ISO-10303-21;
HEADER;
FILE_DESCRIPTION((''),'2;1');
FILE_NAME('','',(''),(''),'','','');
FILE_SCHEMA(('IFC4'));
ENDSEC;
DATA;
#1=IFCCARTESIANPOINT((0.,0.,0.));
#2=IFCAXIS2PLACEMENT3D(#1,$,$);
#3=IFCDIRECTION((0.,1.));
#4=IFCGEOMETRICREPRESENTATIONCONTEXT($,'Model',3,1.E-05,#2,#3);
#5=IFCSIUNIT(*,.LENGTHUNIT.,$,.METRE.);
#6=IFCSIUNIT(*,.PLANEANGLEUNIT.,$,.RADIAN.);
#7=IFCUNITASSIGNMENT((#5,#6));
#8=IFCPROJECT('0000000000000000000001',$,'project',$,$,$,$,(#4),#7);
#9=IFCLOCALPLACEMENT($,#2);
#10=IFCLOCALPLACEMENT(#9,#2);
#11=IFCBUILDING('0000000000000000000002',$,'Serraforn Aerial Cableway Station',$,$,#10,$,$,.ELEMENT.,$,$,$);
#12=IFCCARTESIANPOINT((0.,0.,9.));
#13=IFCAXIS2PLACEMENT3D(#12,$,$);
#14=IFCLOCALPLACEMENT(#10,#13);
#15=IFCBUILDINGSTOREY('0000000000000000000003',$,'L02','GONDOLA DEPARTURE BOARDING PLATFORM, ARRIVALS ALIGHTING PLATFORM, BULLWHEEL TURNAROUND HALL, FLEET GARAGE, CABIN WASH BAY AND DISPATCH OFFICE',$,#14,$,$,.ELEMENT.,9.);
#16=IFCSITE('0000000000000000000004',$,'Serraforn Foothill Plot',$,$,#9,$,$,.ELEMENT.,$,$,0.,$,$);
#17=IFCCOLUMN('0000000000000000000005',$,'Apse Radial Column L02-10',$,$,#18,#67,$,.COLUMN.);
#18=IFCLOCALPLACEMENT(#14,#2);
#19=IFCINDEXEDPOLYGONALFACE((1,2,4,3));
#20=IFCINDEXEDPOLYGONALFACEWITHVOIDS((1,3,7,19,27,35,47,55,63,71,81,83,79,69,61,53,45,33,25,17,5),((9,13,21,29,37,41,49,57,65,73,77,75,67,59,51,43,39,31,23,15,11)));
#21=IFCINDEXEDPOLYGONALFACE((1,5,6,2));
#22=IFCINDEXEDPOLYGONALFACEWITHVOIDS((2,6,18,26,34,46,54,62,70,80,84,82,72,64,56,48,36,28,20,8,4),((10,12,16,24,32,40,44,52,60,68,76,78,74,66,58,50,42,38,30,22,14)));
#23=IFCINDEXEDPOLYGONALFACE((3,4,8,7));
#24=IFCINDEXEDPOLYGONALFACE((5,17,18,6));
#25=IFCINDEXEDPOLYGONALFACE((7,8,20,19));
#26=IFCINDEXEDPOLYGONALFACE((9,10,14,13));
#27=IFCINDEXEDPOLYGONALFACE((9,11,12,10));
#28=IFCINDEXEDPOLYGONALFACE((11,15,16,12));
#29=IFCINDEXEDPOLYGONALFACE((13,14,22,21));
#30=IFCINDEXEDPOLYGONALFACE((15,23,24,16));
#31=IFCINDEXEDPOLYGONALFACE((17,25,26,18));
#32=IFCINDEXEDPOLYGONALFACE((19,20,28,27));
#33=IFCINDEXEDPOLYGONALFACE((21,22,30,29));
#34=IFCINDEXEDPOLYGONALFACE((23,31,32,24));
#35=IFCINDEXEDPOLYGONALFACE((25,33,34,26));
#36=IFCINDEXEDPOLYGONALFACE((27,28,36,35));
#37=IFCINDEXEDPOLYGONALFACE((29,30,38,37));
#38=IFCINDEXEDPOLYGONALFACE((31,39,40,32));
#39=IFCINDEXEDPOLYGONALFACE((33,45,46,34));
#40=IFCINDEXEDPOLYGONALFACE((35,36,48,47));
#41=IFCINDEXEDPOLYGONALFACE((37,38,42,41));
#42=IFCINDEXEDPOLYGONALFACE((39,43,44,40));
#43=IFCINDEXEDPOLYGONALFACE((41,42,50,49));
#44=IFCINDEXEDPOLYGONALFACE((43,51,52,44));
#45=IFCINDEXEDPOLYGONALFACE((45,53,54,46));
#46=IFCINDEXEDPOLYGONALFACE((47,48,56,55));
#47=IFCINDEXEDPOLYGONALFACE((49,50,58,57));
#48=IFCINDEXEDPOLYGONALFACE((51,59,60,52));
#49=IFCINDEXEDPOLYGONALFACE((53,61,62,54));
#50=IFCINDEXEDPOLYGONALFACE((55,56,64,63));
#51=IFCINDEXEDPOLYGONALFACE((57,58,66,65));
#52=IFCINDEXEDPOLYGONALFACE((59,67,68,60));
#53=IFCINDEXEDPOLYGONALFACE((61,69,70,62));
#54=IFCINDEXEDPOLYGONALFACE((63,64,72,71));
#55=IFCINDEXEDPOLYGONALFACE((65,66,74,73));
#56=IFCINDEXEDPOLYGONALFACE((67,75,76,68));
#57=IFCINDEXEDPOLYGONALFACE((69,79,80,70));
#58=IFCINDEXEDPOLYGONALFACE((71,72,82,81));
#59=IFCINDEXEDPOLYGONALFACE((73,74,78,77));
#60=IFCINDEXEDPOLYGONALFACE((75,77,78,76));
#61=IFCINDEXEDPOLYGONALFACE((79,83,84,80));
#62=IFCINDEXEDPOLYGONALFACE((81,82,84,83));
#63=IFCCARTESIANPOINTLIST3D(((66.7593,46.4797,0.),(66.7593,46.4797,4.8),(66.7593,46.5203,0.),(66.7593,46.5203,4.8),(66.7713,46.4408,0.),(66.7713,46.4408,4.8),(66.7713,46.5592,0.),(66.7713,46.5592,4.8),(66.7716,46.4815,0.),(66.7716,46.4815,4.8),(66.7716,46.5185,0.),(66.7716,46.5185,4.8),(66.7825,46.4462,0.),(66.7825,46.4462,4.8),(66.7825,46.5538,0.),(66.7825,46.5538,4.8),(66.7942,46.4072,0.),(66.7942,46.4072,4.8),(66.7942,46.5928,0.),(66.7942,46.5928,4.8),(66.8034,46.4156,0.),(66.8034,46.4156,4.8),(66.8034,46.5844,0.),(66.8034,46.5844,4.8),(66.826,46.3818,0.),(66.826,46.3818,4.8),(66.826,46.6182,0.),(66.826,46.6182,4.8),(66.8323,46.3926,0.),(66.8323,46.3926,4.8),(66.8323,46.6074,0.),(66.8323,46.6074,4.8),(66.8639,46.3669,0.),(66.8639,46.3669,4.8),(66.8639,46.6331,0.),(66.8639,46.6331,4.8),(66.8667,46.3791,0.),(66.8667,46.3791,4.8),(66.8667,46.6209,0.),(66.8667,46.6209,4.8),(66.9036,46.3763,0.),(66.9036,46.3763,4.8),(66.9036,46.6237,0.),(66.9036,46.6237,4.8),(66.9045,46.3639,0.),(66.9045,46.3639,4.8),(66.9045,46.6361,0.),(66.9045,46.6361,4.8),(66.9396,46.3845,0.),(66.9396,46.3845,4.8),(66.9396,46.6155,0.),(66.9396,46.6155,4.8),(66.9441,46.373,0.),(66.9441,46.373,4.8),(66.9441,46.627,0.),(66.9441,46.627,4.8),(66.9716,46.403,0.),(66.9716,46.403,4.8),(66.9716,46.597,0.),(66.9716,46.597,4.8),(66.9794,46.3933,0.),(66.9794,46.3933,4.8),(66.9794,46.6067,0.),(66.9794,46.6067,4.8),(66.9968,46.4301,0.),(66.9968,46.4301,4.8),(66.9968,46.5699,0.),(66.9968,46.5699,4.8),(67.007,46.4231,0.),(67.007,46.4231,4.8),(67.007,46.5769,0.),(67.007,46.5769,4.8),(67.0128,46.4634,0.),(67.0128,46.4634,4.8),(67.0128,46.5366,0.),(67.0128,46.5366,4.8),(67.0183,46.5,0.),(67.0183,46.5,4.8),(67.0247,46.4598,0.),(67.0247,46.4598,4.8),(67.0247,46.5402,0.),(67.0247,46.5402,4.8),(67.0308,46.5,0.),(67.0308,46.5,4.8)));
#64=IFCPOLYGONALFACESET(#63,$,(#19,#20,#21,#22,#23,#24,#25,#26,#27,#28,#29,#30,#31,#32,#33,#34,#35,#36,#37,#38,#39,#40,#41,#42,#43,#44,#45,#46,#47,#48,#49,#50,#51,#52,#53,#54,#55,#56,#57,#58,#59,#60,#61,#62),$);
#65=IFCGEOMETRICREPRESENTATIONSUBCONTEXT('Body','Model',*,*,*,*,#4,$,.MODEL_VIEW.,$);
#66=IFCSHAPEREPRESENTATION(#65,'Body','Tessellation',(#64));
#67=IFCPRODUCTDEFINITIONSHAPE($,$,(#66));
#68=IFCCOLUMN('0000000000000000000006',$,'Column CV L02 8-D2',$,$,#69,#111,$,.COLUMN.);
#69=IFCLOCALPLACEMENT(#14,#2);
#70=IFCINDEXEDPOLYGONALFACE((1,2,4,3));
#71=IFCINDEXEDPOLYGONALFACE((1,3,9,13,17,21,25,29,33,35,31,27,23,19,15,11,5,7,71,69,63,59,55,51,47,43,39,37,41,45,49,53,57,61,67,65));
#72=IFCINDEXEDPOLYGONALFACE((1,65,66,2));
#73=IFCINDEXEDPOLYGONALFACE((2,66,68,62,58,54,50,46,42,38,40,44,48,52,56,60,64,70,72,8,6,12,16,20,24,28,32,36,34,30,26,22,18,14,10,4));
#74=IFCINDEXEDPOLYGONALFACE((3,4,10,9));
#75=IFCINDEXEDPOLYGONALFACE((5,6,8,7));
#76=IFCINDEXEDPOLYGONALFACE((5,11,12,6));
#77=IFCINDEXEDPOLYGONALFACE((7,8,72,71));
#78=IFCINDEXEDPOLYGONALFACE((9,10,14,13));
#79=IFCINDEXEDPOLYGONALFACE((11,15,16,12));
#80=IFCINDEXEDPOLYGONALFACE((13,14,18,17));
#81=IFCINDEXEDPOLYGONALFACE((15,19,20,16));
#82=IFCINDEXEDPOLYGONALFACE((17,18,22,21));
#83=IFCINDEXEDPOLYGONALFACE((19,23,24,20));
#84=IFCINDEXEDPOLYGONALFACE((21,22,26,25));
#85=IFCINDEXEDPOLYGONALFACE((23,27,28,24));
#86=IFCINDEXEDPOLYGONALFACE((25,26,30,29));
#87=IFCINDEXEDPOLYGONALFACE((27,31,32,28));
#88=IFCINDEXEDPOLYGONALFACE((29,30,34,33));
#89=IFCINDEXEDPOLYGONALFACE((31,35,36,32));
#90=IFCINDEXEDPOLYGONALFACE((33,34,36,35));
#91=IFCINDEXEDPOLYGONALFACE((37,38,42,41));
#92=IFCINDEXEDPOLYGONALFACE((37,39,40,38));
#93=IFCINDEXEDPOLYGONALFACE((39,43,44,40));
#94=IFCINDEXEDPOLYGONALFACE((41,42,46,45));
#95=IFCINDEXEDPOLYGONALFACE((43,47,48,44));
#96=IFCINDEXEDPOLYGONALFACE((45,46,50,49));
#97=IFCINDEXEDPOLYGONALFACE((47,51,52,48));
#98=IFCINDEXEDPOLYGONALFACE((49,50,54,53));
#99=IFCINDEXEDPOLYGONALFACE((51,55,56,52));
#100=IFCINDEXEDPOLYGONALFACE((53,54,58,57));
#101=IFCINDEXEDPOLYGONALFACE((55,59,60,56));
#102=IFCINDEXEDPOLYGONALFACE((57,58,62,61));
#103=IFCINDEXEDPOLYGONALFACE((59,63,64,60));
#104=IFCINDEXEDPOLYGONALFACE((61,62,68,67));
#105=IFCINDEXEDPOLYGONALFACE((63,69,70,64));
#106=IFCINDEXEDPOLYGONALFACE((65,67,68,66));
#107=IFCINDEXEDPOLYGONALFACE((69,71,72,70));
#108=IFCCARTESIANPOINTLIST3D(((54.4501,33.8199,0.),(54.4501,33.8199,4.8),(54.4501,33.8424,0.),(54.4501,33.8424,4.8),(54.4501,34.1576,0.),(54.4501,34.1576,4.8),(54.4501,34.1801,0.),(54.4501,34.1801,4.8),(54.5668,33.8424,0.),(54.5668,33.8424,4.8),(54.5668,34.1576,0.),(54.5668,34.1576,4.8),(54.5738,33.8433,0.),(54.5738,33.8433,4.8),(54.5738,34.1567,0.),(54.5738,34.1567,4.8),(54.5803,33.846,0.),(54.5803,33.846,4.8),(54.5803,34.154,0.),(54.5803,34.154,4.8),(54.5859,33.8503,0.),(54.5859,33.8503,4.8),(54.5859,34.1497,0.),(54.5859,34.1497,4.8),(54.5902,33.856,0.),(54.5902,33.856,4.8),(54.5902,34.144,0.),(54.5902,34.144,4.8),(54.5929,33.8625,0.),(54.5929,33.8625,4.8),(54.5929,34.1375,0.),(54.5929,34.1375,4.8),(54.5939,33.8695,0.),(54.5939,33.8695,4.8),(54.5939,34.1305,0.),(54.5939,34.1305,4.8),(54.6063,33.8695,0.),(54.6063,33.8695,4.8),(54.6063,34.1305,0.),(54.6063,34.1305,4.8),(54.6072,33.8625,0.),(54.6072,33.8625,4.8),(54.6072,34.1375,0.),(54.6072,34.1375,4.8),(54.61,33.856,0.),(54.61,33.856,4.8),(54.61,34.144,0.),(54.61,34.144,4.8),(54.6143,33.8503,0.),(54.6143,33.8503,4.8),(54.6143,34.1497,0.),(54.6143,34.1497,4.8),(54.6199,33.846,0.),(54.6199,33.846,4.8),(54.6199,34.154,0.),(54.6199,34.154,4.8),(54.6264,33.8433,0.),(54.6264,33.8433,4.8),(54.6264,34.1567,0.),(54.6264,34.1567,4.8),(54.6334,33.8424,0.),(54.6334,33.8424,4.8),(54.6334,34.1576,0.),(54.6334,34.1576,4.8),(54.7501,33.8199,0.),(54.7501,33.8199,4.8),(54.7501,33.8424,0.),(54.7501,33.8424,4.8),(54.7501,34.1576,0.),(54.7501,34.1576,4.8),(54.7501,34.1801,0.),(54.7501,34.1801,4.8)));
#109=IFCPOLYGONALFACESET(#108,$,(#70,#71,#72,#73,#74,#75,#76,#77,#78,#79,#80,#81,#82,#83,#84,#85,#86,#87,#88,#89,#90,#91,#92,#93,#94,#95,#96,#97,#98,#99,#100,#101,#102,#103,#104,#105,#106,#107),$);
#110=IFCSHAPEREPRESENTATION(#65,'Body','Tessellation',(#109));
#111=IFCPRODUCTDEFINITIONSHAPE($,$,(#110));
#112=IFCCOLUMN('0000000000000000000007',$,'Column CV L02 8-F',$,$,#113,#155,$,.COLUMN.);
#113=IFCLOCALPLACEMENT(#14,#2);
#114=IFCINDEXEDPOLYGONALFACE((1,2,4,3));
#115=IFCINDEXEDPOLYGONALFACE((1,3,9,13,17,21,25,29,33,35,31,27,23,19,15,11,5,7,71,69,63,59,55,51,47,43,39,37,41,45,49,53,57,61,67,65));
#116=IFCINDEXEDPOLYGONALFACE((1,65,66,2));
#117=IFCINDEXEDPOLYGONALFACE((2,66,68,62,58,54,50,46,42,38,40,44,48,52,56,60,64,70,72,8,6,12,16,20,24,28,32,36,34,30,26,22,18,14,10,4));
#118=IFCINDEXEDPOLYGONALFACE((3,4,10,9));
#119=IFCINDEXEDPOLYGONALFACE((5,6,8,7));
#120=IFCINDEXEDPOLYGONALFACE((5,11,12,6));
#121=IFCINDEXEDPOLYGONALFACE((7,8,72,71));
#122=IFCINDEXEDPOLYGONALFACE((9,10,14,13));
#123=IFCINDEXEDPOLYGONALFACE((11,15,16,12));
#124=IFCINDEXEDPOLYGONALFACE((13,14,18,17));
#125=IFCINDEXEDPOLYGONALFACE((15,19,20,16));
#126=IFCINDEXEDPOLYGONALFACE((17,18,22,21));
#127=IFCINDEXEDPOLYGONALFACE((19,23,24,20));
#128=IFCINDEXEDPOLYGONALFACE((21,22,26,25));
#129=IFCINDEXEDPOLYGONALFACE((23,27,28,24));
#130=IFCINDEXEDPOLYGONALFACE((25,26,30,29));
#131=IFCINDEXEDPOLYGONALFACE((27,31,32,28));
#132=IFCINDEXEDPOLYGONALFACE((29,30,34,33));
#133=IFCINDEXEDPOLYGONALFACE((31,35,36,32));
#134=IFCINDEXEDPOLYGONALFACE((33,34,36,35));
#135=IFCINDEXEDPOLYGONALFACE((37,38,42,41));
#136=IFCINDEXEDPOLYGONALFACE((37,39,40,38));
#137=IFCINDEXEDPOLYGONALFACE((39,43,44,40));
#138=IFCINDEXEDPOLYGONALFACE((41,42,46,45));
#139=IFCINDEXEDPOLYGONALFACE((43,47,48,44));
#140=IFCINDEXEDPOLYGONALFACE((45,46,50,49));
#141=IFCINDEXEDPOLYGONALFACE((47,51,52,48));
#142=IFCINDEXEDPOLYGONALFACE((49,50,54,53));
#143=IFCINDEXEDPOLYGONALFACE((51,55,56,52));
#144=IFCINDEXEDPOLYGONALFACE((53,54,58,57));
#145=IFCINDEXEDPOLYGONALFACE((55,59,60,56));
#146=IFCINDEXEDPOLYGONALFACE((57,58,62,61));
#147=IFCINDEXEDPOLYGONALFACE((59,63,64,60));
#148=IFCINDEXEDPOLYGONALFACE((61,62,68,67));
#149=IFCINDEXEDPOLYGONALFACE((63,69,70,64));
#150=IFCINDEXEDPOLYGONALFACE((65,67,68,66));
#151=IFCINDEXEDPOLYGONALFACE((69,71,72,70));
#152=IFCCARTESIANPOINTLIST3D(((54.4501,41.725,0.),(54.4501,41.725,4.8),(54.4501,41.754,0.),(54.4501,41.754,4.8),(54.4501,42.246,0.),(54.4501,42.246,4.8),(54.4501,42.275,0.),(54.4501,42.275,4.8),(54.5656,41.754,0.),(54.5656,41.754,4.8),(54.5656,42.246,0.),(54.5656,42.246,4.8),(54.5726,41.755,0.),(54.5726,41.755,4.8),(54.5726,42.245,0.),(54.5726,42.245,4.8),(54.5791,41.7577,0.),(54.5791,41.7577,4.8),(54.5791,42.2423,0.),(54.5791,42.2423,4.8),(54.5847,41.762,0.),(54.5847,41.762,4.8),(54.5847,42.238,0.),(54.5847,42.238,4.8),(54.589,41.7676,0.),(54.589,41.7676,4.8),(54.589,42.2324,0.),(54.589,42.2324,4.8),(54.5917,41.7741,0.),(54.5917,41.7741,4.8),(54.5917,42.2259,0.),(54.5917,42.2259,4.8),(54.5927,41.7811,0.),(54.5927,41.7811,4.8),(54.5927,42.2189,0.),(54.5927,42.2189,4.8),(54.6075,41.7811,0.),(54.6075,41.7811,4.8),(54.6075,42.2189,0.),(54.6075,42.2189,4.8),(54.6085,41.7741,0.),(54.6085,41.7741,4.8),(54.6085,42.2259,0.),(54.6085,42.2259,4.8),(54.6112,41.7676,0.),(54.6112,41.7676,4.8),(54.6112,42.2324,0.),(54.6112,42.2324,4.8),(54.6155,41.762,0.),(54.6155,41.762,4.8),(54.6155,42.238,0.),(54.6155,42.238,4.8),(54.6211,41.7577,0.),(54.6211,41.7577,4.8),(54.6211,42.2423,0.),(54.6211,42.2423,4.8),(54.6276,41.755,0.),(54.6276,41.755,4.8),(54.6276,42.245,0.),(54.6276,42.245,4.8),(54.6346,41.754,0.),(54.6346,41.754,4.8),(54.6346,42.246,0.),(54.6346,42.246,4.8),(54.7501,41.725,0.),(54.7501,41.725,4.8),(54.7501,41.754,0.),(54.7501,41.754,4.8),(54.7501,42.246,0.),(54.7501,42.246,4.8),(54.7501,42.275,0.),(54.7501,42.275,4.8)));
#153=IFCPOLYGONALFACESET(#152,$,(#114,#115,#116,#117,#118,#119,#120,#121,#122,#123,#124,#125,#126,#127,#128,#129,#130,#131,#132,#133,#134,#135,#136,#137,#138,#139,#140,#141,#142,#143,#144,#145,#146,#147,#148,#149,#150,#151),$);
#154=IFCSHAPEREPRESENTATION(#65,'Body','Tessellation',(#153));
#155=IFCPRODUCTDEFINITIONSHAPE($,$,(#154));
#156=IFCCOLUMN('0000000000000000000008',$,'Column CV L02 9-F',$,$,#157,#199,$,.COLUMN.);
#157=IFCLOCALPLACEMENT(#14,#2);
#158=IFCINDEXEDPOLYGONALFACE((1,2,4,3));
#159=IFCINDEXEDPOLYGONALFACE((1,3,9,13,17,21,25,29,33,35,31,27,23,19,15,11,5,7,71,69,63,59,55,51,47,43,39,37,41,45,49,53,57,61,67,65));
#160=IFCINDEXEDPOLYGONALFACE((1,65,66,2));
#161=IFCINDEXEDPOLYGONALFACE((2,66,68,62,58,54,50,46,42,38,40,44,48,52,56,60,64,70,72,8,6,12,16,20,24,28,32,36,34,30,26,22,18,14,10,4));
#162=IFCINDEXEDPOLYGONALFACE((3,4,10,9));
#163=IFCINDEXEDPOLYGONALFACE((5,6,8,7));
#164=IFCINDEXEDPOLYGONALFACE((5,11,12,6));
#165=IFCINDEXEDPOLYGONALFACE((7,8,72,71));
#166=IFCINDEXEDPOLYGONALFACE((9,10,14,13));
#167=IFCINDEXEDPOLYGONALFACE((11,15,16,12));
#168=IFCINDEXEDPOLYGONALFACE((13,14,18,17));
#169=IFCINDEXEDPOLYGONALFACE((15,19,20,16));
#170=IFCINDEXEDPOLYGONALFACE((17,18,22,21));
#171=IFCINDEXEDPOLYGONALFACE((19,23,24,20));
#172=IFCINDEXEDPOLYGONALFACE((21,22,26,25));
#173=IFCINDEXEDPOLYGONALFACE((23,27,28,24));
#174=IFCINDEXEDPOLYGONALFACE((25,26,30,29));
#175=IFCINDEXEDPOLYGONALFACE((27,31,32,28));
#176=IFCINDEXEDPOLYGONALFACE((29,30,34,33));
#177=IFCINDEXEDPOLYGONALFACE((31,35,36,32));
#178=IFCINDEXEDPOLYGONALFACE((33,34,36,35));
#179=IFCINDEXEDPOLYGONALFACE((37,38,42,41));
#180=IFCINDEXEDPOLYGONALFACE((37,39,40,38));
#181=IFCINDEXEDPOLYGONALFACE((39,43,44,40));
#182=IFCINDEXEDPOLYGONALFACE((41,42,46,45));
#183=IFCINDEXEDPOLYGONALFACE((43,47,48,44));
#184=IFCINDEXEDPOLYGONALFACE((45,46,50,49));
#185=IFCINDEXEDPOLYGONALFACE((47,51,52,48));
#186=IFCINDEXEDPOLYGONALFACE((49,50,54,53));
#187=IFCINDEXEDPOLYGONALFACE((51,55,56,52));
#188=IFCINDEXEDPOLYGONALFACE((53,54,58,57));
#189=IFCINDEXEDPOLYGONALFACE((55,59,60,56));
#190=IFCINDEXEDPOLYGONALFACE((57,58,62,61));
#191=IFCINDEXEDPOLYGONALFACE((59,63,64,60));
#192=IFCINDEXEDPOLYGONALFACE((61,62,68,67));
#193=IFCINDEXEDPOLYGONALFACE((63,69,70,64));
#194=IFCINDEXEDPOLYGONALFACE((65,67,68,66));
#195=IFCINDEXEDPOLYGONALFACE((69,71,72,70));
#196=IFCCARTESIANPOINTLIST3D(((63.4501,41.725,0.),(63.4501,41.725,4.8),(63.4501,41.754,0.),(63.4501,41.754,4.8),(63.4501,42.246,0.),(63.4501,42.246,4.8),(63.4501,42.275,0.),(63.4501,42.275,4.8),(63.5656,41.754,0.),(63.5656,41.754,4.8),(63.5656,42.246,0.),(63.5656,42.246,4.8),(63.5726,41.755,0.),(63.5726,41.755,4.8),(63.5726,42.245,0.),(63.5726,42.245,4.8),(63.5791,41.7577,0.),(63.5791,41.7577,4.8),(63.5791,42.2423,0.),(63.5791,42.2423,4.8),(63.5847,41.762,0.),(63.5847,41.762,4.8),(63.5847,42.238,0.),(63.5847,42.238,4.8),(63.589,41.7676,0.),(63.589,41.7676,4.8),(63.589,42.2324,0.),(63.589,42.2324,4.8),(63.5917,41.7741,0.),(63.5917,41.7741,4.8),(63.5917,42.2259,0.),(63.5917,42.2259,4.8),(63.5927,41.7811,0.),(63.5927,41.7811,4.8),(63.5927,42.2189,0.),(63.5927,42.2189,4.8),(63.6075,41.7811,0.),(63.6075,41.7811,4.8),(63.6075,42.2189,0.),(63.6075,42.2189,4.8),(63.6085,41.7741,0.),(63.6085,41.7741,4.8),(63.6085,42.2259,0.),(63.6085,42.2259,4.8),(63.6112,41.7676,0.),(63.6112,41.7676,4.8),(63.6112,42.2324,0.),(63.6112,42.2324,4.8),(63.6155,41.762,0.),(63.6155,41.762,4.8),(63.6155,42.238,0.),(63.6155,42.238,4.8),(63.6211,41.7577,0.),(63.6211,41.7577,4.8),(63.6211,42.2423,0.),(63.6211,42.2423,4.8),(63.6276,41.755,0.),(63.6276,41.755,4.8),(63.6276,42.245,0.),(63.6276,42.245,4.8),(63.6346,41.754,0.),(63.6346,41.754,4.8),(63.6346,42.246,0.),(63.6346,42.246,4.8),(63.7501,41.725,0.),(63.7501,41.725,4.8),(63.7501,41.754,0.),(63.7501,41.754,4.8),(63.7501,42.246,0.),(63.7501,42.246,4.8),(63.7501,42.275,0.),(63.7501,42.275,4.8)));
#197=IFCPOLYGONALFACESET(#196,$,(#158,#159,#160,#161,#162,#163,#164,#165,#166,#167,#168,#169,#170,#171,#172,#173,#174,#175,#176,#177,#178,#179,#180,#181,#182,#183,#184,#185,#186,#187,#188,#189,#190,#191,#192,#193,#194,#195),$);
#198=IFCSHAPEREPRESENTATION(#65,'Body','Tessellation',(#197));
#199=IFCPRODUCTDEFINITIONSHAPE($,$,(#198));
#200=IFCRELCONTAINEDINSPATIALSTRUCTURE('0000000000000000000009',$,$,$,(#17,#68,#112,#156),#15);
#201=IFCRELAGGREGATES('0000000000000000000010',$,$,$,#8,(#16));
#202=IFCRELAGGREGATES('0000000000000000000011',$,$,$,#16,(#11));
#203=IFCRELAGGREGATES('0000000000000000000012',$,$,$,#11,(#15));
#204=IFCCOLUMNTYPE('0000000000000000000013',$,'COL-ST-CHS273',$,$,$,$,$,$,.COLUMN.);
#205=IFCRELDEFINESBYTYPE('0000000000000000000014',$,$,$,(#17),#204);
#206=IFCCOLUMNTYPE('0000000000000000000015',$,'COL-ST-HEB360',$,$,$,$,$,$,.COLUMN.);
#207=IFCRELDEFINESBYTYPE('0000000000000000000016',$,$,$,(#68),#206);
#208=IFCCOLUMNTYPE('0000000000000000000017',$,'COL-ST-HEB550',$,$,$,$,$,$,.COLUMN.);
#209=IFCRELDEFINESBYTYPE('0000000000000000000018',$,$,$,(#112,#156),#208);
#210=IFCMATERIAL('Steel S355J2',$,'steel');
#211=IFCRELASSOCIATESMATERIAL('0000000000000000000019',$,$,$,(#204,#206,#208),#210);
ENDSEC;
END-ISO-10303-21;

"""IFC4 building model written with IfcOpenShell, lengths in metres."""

from ifc_helpers import new_model, si_unit, direction, frame, origin, origin_2d, place, context, subcontext, project, spatial, hollow_circle, i_section, extrude, material, material_profile, profile_set, type_object, element, save


model = new_model("IFC4")

# Units and contexts
model_context = context("Model", 3, precision=1e-05, world=origin(), true_north=direction((0.0, 1.0)))
body_context = subcontext(model_context, "Body", "Model", "MODEL_VIEW")
ifc_project = project(units=[si_unit("LENGTHUNIT", "METRE"), si_unit("PLANEANGLEUNIT", "RADIAN")], contexts=[model_context])

# Site, building, storey
site_placement = place(None, origin())
site = spatial("IfcSite", under=ifc_project, at=site_placement, Name="Serraforn Foothill Plot", CompositionType="ELEMENT", RefElevation=0.0)
building_placement = place(site_placement, origin())
building = spatial("IfcBuilding", under=site, at=building_placement, Name="Serraforn Aerial Cableway Station", CompositionType="ELEMENT")
storey_placement = place(building_placement, frame((0.0, 0.0, 9.0)))
storey = spatial("IfcBuildingStorey", under=building, at=storey_placement, Name="L02", Description="GONDOLA DEPARTURE BOARDING PLATFORM, ARRIVALS ALIGHTING PLATFORM, BULLWHEEL TURNAROUND HALL, FLEET GARAGE, CABIN WASH BAY AND DISPATCH OFFICE", CompositionType="ELEMENT", Elevation=9.0)

# Columns
ifc_material_1 = material(Name="Steel S355J2", Category="steel")
ifc_material_profile_1 = material_profile(ifc_material_1, hollow_circle(Radius=0.1365, WallThickness=0.0125, at=origin_2d()), Name="CHS 273.0x12.5")
ifc_profile_set_1 = profile_set([ifc_material_profile_1], Name="Steel S355J2")
column_type_1 = type_object("IfcColumnType", Name="COL-ST-CHS273", PredefinedType="COLUMN", material=ifc_profile_set_1)
column_1_placement = place(storey_placement, frame((66.8943, 46.5, 0.0), z_axis=(0.0, 0.0, 1.0), x_axis=(1.0, 0.0, 0.0)))
element("IfcColumn", 1, at=column_1_placement, inside=storey, type_object=column_type_1, Name="Apse Radial Column L02-10", PredefinedType="COLUMN", context=body_context, shape_type="SweptSolid", body=[
    extrude(hollow_circle(Radius=0.1365, WallThickness=0.0125, at=origin_2d()), origin(), (0.0, 0.0, 1.0), 4.8),
])
ifc_material_profile_2 = material_profile(ifc_material_1, i_section(OverallWidth=0.3, OverallDepth=0.3601, WebThickness=0.0125, FlangeThickness=0.0225, FilletRadius=0.0271, at=origin_2d()), Name="HEB 360")
ifc_profile_set_2 = profile_set([ifc_material_profile_2], Name="Steel S355J2")
column_type_2 = type_object("IfcColumnType", Name="COL-ST-HEB360", PredefinedType="COLUMN", material=ifc_profile_set_2)
column_2_placement = place(storey_placement, frame((54.6001, 34.0, 0.0), z_axis=(0.0, 0.0, 1.0), x_axis=(1.0, 0.0, 0.0)))
element("IfcColumn", 2, at=column_2_placement, inside=storey, type_object=column_type_2, Name="Column CV L02 8-D2", PredefinedType="COLUMN", context=body_context, shape_type="SweptSolid", body=[
    extrude(i_section(OverallWidth=0.3, OverallDepth=0.3601, WebThickness=0.0125, FlangeThickness=0.0225, FilletRadius=0.0271, at=origin_2d()), origin(), (0.0, 0.0, 1.0), 4.8),
])
ifc_material_profile_3 = material_profile(ifc_material_1, i_section(OverallWidth=0.3, OverallDepth=0.55, WebThickness=0.0149, FlangeThickness=0.0291, FilletRadius=0.0271, at=origin_2d()), Name="HEB 550")
ifc_profile_set_3 = profile_set([ifc_material_profile_3], Name="Steel S355J2")
column_type_3 = type_object("IfcColumnType", Name="COL-ST-HEB550", PredefinedType="COLUMN", material=ifc_profile_set_3)
for number, where, z_axis, x_axis, name in (
    (3, (54.6001, 42.0, 0.0), (0.0, 0.0, 1.0), (1.0, 0.0, 0.0), "Column CV L02 8-F"),
    (4, (63.6001, 42.0, 0.0), (0.0, 0.0, 1.0), (1.0, 0.0, 0.0), "Column CV L02 9-F"),
):
    element("IfcColumn", number, at=place(storey_placement, frame(where, z_axis=z_axis, x_axis=x_axis)), inside=storey, type_object=column_type_3, Name=name, PredefinedType="COLUMN", context=body_context, shape_type="SweptSolid", body=[
        extrude(i_section(OverallWidth=0.3, OverallDepth=0.55, WebThickness=0.0149, FlangeThickness=0.0291, FilletRadius=0.0271, at=origin_2d()), origin(), (0.0, 0.0, 1.0), 4.8),
    ])

save(model, "model.ifc")
